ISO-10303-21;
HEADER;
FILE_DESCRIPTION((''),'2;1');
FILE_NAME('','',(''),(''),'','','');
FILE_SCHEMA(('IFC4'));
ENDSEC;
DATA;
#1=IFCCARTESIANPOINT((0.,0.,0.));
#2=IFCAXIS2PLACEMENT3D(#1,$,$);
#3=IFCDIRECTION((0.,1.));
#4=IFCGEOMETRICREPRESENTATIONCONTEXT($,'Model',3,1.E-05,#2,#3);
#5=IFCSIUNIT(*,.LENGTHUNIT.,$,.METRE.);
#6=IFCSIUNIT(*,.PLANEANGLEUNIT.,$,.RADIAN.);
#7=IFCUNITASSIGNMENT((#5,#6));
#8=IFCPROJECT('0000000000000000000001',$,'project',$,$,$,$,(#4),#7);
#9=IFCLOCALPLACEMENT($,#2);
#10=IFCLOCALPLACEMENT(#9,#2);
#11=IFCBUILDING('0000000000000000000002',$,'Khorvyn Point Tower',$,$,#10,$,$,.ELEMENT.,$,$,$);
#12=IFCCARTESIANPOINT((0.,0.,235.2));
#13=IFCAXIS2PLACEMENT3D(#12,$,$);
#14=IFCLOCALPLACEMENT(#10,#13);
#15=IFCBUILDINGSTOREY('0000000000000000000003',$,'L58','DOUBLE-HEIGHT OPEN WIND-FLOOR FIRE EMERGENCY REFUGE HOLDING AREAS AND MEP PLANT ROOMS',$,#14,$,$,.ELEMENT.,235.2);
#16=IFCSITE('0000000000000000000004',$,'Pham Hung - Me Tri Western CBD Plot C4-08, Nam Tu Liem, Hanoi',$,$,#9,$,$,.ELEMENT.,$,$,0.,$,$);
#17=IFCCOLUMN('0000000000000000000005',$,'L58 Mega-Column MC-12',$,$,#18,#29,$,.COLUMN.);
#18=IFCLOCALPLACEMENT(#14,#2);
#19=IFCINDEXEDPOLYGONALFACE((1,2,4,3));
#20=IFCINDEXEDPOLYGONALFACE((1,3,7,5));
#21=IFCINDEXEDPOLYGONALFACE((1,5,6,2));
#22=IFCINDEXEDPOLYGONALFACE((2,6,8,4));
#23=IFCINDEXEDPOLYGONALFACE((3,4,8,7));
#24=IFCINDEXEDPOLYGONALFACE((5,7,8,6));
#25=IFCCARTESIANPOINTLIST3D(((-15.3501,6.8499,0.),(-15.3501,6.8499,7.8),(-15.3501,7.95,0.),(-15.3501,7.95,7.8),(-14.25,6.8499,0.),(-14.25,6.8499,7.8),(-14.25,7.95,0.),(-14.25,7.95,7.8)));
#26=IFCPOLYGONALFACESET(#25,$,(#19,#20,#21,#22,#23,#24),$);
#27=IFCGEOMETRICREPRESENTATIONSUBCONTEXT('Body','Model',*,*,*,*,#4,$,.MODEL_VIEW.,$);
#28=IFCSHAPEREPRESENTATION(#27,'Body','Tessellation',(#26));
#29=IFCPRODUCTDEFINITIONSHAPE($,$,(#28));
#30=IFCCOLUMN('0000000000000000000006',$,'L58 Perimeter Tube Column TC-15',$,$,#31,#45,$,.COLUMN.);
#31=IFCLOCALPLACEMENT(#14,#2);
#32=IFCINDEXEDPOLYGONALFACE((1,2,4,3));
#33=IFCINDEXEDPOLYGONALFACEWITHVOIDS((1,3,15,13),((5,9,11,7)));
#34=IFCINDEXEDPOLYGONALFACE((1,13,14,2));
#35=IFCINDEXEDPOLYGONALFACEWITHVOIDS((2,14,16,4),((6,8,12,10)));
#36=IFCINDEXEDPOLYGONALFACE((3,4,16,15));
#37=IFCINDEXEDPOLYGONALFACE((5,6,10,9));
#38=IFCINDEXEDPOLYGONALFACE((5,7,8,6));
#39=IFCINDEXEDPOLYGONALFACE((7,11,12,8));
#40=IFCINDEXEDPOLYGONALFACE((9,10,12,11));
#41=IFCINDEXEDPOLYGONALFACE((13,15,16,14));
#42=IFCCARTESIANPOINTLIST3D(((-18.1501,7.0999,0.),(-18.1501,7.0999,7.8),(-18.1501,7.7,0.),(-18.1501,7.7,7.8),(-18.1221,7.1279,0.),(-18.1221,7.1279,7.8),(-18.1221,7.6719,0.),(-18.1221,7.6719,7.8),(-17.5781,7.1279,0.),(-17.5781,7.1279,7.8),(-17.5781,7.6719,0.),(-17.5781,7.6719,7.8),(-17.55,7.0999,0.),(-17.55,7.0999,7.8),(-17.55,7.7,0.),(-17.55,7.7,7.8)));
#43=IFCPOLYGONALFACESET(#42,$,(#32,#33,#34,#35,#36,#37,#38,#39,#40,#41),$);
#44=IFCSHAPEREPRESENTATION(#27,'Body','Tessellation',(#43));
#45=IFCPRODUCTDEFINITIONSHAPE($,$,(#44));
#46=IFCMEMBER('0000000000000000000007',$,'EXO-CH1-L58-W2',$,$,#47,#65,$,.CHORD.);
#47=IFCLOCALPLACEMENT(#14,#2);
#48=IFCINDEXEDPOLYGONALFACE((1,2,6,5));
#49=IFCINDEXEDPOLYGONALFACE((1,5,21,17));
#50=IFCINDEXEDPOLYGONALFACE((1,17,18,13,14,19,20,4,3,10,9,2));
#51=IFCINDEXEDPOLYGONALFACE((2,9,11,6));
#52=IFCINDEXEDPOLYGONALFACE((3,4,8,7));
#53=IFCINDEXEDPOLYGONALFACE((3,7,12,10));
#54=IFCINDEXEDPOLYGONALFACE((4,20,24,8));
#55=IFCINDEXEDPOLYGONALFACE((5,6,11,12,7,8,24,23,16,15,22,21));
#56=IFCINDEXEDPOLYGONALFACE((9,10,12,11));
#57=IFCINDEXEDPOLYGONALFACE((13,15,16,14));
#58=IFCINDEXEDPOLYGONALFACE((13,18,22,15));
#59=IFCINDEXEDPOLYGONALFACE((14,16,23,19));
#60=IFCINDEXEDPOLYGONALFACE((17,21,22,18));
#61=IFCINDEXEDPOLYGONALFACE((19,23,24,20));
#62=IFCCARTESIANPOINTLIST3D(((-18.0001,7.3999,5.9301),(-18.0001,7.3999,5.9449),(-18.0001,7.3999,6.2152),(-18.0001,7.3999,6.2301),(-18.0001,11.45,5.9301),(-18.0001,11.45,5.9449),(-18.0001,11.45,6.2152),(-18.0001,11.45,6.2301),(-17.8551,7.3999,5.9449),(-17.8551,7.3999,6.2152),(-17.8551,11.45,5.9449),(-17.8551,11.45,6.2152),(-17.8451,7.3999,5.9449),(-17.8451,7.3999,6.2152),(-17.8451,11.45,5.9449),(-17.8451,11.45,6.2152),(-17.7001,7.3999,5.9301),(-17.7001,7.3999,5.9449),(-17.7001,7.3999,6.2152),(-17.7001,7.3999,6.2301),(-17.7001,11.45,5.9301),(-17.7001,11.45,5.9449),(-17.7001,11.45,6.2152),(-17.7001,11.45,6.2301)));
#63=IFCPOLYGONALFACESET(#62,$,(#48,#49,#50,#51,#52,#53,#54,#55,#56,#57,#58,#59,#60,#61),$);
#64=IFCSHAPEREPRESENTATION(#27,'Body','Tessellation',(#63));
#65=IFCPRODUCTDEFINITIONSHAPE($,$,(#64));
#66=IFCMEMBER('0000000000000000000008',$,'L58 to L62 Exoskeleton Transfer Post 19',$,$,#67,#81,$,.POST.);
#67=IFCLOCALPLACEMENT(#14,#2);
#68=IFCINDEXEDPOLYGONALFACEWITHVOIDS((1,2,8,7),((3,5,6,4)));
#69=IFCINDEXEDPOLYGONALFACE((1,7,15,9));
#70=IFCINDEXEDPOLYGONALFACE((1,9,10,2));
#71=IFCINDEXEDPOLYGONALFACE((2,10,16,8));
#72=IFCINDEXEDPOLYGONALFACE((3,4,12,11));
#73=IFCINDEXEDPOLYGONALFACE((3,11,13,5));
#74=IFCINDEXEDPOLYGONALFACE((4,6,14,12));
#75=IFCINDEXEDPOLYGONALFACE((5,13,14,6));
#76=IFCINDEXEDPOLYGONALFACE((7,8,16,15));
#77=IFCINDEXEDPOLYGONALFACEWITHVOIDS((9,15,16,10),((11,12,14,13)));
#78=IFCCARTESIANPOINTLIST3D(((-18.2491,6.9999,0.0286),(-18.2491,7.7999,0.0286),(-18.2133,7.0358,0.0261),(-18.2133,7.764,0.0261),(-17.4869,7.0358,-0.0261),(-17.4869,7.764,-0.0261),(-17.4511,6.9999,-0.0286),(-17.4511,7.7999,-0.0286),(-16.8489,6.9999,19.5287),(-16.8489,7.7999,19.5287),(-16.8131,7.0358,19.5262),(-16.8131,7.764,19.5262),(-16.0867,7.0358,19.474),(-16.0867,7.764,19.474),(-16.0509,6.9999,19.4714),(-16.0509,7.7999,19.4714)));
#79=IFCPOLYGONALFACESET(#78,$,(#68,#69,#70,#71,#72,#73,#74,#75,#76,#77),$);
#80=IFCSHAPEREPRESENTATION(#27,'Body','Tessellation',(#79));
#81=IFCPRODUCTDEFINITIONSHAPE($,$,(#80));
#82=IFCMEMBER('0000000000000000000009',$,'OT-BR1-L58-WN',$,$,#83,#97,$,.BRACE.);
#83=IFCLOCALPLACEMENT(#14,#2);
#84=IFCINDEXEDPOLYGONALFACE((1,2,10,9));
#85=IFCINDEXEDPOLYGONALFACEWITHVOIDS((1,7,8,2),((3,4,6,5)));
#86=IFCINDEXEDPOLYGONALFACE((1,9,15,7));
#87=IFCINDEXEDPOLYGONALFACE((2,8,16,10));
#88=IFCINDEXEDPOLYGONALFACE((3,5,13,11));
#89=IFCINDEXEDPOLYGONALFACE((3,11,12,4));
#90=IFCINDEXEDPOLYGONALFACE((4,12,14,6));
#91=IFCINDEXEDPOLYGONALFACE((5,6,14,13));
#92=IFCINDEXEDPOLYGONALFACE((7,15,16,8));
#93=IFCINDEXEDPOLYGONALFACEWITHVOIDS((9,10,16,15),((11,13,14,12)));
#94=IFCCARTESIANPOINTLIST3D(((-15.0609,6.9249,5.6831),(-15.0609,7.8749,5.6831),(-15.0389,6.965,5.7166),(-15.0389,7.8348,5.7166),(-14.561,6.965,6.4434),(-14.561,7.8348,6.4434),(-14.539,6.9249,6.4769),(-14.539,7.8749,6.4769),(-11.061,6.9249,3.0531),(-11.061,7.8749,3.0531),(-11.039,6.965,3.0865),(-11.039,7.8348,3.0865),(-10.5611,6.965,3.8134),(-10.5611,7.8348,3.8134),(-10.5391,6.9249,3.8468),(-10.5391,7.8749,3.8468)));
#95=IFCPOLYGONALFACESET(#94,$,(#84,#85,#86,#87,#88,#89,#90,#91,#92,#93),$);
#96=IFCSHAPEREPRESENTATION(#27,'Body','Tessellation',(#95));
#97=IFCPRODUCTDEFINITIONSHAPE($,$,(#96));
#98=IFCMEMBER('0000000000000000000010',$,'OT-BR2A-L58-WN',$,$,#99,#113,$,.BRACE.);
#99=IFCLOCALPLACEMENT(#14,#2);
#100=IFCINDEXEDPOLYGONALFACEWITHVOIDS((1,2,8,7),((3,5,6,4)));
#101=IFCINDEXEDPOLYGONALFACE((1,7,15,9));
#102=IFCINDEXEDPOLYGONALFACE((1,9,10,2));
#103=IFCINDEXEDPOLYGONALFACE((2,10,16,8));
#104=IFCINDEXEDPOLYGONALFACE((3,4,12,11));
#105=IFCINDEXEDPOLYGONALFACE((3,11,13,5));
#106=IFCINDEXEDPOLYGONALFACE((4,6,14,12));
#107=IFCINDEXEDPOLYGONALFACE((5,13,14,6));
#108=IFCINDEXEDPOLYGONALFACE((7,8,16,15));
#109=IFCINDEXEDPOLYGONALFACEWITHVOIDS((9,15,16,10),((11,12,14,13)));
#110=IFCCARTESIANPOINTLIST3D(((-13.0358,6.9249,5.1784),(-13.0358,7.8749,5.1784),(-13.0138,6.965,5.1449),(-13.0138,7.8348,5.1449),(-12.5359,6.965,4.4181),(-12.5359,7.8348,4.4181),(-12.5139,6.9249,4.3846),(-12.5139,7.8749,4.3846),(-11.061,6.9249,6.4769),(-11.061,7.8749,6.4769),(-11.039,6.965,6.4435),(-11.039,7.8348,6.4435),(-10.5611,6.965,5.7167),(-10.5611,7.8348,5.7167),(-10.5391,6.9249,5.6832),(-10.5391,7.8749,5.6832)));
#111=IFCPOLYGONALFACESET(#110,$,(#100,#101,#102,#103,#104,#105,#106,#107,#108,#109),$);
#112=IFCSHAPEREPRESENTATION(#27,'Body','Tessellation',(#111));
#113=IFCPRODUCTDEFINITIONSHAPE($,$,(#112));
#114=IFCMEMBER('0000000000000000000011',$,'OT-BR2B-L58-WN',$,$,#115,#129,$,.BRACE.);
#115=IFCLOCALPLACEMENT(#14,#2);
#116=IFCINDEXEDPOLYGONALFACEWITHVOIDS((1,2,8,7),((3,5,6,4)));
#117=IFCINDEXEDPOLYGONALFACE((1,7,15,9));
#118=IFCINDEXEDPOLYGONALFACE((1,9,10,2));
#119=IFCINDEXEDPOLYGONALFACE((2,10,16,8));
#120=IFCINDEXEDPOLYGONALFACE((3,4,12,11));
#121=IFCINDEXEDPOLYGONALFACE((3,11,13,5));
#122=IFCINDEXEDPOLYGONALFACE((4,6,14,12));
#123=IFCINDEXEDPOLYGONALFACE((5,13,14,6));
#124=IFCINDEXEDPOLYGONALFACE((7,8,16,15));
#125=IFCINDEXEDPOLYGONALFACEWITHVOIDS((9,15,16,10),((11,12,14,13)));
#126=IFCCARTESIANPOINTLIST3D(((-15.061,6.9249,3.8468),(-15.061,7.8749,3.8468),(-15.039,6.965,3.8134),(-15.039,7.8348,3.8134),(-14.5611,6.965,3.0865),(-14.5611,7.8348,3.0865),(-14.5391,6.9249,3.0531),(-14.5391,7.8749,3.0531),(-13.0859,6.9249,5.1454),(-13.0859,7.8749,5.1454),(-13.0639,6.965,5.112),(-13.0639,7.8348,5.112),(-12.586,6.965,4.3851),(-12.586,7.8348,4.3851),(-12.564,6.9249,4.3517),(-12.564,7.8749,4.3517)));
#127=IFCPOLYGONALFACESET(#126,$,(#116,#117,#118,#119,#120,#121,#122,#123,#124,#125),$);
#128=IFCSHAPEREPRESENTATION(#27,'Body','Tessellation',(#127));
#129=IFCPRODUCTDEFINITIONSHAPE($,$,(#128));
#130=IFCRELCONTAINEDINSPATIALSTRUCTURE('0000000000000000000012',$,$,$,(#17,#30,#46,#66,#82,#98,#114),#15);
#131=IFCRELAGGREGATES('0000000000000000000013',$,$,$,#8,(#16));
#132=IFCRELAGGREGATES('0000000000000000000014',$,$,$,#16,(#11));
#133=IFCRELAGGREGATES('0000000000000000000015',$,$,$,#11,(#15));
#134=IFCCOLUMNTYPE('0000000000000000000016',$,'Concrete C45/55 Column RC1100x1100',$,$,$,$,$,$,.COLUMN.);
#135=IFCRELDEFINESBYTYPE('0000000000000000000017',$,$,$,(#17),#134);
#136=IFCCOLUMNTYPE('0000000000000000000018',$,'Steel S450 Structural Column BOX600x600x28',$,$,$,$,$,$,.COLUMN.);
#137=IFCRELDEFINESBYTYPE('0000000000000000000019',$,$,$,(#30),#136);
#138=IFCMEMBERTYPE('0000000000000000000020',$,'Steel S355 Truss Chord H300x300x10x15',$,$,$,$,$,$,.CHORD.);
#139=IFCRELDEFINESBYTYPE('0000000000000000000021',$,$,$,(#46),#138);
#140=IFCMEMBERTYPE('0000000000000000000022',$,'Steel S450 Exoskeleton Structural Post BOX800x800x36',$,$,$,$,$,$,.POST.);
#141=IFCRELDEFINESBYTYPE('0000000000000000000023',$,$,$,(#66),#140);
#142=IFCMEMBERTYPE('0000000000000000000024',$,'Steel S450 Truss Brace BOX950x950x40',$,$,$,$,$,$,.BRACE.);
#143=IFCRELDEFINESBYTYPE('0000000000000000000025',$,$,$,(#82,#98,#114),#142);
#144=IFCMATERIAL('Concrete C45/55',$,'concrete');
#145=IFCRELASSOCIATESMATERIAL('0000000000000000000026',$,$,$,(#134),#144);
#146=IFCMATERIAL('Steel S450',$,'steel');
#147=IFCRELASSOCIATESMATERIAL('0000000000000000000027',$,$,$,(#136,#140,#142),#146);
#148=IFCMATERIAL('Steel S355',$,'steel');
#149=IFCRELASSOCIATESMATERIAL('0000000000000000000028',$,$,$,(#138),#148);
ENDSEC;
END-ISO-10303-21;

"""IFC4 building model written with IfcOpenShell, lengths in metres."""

from ifc_helpers import new_model, si_unit, direction, frame, origin, origin_2d, place, context, subcontext, project, spatial, rectangle, hollow_rectangle, i_section, extrude, material, material_profile, profile_set, type_object, element, save


model = new_model("IFC4")

# Units and contexts
model_context = context("Model", 3, precision=1e-05, world=origin(), true_north=direction((0.0, 1.0)))
body_context = subcontext(model_context, "Body", "Model", "MODEL_VIEW")
ifc_project = project(units=[si_unit("LENGTHUNIT", "METRE"), si_unit("PLANEANGLEUNIT", "RADIAN")], contexts=[model_context])

# Site, building, storey
site_placement = place(None, origin())
site = spatial("IfcSite", under=ifc_project, at=site_placement, Name="Pham Hung - Me Tri Western CBD Plot C4-08, Nam Tu Liem, Hanoi", CompositionType="ELEMENT", RefElevation=0.0)
building_placement = place(site_placement, origin())
building = spatial("IfcBuilding", under=site, at=building_placement, Name="Khorvyn Point Tower", CompositionType="ELEMENT")
storey_placement = place(building_placement, frame((0.0, 0.0, 235.2)))
storey = spatial("IfcBuildingStorey", under=building, at=storey_placement, Name="L58", Description="DOUBLE-HEIGHT OPEN WIND-FLOOR FIRE EMERGENCY REFUGE HOLDING AREAS AND MEP PLANT ROOMS", CompositionType="ELEMENT", Elevation=235.2)

# Columns
ifc_material_1 = material(Name="Concrete C45/55", Category="concrete")
ifc_material_profile_1 = material_profile(ifc_material_1, rectangle(XDim=1.1001, YDim=1.1001, at=origin_2d()))
ifc_profile_set_1 = profile_set([ifc_material_profile_1], Name="Concrete C45/55 RC1100x1100")
column_type_1 = type_object("IfcColumnType", Name="Concrete C45/55 Column RC1100x1100", PredefinedType="COLUMN", material=ifc_profile_set_1)
column_1_placement = place(storey_placement, frame((-14.8, 7.3999, 0.0), z_axis=(0.0, 0.0, 1.0), x_axis=(1.0, 0.0, 0.0)))
element("IfcColumn", 1, at=column_1_placement, inside=storey, type_object=column_type_1, Name="L58 Mega-Column MC-12", PredefinedType="COLUMN", context=body_context, shape_type="SweptSolid", body=[
    extrude(rectangle(XDim=1.1001, YDim=1.1001, at=origin_2d()), origin(), (0.0, 0.0, 1.0), 7.8),
])
ifc_material_2 = material(Name="Steel S450", Category="steel")
ifc_material_profile_2 = material_profile(ifc_material_2, hollow_rectangle(XDim=0.6001, YDim=0.6001, WallThickness=0.0281, at=origin_2d()))
ifc_profile_set_2 = profile_set([ifc_material_profile_2], Name="Steel S450 BOX600x600x28")
column_type_2 = type_object("IfcColumnType", Name="Steel S450 Structural Column BOX600x600x28", PredefinedType="COLUMN", material=ifc_profile_set_2)
column_2_placement = place(storey_placement, frame((-17.8501, 7.3999, 0.0), z_axis=(0.0, 0.0, 1.0), x_axis=(1.0, 0.0, 0.0)))
element("IfcColumn", 2, at=column_2_placement, inside=storey, type_object=column_type_2, Name="L58 Perimeter Tube Column TC-15", PredefinedType="COLUMN", context=body_context, shape_type="SweptSolid", body=[
    extrude(hollow_rectangle(XDim=0.6001, YDim=0.6001, WallThickness=0.0281, at=origin_2d()), origin(), (0.0, 0.0, 1.0), 7.8),
])

# Members
ifc_material_3 = material(Name="Steel S355", Category="steel")
ifc_material_profile_3 = material_profile(ifc_material_3, i_section(OverallWidth=0.3, OverallDepth=0.3, WebThickness=0.01, FlangeThickness=0.0149, at=origin_2d()))
ifc_profile_set_3 = profile_set([ifc_material_profile_3], Name="Steel S355 H300x300x10x15")
member_type_1 = type_object("IfcMemberType", Name="Steel S355 Truss Chord H300x300x10x15", PredefinedType="CHORD", material=ifc_profile_set_3)
member_1_placement = place(storey_placement, frame((-17.8501, 7.3999, 6.0801), z_axis=(0.0, 1.0, 0.0), x_axis=(-1.0, 0.0, 0.0)))
element("IfcMember", 3, at=member_1_placement, inside=storey, type_object=member_type_1, Name="EXO-CH1-L58-W2", PredefinedType="CHORD", context=body_context, shape_type="SweptSolid", body=[
    extrude(i_section(OverallWidth=0.3, OverallDepth=0.3, WebThickness=0.01, FlangeThickness=0.0149, at=origin_2d()), origin(), (0.0, 0.0, 1.0), 4.05),
])
ifc_material_profile_4 = material_profile(ifc_material_2, hollow_rectangle(XDim=0.8, YDim=0.8, WallThickness=0.0359, at=origin_2d()))
ifc_profile_set_4 = profile_set([ifc_material_profile_4], Name="Steel S450 BOX800x800x36")
member_type_2 = type_object("IfcMemberType", Name="Steel S450 Exoskeleton Structural Post BOX800x800x36", PredefinedType="POST", material=ifc_profile_set_4)
member_2_placement = place(storey_placement, frame((-17.8501, 7.3999, 0.0), z_axis=(0.071618, 0.0, 0.997432), x_axis=(0.0, 1.0, 0.0)))
element("IfcMember", 4, at=member_2_placement, inside=storey, type_object=member_type_2, Name="L58 to L62 Exoskeleton Transfer Post 19", PredefinedType="POST", context=body_context, shape_type="SweptSolid", body=[
    extrude(hollow_rectangle(XDim=0.8, YDim=0.8, WallThickness=0.0359, at=origin_2d()), origin(), (0.0, 0.0, 1.0), 19.5503),
])
ifc_material_profile_5 = material_profile(ifc_material_2, hollow_rectangle(XDim=0.95, YDim=0.95, WallThickness=0.04, at=origin_2d()))
ifc_profile_set_5 = profile_set([ifc_material_profile_5], Name="Steel S450 BOX950x950x40")
member_type_3 = type_object("IfcMemberType", Name="Steel S450 Truss Brace BOX950x950x40", PredefinedType="BRACE", material=ifc_profile_set_5)
member_3_placement = place(storey_placement, frame((-10.8, 7.3999, 3.45), z_axis=(-0.835556, 0.0, 0.549405), x_axis=(0.0, -1.0, 0.0)))
element("IfcMember", 5, at=member_3_placement, inside=storey, type_object=member_type_3, Name="OT-BR1-L58-WN", PredefinedType="BRACE", context=body_context, shape_type="SweptSolid", body=[
    extrude(hollow_rectangle(XDim=0.95, YDim=0.95, WallThickness=0.04, at=origin_2d()), origin(), (0.0, 0.0, 1.0), 4.7871),
])
member_4_placement = place(storey_placement, frame((-10.8, 7.3999, 6.0801), z_axis=(-0.835546, 0.0, -0.549421), x_axis=(0.0, -1.0, 0.0)))
element("IfcMember", 6, at=member_4_placement, inside=storey, type_object=member_type_3, Name="OT-BR2A-L58-WN", PredefinedType="BRACE", context=body_context, shape_type="SweptSolid", body=[
    extrude(hollow_rectangle(XDim=0.95, YDim=0.95, WallThickness=0.04, at=origin_2d()), origin(), (0.0, 0.0, 1.0), 2.3635),
])
member_5_placement = place(storey_placement, frame((-12.825, 7.3999, 4.7485), z_axis=(-0.835577, 0.0, -0.549374), x_axis=(0.0, -1.0, 0.0)))
element("IfcMember", 7, at=member_5_placement, inside=storey, type_object=member_type_3, Name="OT-BR2B-L58-WN", PredefinedType="BRACE", context=body_context, shape_type="SweptSolid", body=[
    extrude(hollow_rectangle(XDim=0.95, YDim=0.95, WallThickness=0.04, at=origin_2d()), origin(), (0.0, 0.0, 1.0), 2.3638),
])

save(model, "model.ifc")
